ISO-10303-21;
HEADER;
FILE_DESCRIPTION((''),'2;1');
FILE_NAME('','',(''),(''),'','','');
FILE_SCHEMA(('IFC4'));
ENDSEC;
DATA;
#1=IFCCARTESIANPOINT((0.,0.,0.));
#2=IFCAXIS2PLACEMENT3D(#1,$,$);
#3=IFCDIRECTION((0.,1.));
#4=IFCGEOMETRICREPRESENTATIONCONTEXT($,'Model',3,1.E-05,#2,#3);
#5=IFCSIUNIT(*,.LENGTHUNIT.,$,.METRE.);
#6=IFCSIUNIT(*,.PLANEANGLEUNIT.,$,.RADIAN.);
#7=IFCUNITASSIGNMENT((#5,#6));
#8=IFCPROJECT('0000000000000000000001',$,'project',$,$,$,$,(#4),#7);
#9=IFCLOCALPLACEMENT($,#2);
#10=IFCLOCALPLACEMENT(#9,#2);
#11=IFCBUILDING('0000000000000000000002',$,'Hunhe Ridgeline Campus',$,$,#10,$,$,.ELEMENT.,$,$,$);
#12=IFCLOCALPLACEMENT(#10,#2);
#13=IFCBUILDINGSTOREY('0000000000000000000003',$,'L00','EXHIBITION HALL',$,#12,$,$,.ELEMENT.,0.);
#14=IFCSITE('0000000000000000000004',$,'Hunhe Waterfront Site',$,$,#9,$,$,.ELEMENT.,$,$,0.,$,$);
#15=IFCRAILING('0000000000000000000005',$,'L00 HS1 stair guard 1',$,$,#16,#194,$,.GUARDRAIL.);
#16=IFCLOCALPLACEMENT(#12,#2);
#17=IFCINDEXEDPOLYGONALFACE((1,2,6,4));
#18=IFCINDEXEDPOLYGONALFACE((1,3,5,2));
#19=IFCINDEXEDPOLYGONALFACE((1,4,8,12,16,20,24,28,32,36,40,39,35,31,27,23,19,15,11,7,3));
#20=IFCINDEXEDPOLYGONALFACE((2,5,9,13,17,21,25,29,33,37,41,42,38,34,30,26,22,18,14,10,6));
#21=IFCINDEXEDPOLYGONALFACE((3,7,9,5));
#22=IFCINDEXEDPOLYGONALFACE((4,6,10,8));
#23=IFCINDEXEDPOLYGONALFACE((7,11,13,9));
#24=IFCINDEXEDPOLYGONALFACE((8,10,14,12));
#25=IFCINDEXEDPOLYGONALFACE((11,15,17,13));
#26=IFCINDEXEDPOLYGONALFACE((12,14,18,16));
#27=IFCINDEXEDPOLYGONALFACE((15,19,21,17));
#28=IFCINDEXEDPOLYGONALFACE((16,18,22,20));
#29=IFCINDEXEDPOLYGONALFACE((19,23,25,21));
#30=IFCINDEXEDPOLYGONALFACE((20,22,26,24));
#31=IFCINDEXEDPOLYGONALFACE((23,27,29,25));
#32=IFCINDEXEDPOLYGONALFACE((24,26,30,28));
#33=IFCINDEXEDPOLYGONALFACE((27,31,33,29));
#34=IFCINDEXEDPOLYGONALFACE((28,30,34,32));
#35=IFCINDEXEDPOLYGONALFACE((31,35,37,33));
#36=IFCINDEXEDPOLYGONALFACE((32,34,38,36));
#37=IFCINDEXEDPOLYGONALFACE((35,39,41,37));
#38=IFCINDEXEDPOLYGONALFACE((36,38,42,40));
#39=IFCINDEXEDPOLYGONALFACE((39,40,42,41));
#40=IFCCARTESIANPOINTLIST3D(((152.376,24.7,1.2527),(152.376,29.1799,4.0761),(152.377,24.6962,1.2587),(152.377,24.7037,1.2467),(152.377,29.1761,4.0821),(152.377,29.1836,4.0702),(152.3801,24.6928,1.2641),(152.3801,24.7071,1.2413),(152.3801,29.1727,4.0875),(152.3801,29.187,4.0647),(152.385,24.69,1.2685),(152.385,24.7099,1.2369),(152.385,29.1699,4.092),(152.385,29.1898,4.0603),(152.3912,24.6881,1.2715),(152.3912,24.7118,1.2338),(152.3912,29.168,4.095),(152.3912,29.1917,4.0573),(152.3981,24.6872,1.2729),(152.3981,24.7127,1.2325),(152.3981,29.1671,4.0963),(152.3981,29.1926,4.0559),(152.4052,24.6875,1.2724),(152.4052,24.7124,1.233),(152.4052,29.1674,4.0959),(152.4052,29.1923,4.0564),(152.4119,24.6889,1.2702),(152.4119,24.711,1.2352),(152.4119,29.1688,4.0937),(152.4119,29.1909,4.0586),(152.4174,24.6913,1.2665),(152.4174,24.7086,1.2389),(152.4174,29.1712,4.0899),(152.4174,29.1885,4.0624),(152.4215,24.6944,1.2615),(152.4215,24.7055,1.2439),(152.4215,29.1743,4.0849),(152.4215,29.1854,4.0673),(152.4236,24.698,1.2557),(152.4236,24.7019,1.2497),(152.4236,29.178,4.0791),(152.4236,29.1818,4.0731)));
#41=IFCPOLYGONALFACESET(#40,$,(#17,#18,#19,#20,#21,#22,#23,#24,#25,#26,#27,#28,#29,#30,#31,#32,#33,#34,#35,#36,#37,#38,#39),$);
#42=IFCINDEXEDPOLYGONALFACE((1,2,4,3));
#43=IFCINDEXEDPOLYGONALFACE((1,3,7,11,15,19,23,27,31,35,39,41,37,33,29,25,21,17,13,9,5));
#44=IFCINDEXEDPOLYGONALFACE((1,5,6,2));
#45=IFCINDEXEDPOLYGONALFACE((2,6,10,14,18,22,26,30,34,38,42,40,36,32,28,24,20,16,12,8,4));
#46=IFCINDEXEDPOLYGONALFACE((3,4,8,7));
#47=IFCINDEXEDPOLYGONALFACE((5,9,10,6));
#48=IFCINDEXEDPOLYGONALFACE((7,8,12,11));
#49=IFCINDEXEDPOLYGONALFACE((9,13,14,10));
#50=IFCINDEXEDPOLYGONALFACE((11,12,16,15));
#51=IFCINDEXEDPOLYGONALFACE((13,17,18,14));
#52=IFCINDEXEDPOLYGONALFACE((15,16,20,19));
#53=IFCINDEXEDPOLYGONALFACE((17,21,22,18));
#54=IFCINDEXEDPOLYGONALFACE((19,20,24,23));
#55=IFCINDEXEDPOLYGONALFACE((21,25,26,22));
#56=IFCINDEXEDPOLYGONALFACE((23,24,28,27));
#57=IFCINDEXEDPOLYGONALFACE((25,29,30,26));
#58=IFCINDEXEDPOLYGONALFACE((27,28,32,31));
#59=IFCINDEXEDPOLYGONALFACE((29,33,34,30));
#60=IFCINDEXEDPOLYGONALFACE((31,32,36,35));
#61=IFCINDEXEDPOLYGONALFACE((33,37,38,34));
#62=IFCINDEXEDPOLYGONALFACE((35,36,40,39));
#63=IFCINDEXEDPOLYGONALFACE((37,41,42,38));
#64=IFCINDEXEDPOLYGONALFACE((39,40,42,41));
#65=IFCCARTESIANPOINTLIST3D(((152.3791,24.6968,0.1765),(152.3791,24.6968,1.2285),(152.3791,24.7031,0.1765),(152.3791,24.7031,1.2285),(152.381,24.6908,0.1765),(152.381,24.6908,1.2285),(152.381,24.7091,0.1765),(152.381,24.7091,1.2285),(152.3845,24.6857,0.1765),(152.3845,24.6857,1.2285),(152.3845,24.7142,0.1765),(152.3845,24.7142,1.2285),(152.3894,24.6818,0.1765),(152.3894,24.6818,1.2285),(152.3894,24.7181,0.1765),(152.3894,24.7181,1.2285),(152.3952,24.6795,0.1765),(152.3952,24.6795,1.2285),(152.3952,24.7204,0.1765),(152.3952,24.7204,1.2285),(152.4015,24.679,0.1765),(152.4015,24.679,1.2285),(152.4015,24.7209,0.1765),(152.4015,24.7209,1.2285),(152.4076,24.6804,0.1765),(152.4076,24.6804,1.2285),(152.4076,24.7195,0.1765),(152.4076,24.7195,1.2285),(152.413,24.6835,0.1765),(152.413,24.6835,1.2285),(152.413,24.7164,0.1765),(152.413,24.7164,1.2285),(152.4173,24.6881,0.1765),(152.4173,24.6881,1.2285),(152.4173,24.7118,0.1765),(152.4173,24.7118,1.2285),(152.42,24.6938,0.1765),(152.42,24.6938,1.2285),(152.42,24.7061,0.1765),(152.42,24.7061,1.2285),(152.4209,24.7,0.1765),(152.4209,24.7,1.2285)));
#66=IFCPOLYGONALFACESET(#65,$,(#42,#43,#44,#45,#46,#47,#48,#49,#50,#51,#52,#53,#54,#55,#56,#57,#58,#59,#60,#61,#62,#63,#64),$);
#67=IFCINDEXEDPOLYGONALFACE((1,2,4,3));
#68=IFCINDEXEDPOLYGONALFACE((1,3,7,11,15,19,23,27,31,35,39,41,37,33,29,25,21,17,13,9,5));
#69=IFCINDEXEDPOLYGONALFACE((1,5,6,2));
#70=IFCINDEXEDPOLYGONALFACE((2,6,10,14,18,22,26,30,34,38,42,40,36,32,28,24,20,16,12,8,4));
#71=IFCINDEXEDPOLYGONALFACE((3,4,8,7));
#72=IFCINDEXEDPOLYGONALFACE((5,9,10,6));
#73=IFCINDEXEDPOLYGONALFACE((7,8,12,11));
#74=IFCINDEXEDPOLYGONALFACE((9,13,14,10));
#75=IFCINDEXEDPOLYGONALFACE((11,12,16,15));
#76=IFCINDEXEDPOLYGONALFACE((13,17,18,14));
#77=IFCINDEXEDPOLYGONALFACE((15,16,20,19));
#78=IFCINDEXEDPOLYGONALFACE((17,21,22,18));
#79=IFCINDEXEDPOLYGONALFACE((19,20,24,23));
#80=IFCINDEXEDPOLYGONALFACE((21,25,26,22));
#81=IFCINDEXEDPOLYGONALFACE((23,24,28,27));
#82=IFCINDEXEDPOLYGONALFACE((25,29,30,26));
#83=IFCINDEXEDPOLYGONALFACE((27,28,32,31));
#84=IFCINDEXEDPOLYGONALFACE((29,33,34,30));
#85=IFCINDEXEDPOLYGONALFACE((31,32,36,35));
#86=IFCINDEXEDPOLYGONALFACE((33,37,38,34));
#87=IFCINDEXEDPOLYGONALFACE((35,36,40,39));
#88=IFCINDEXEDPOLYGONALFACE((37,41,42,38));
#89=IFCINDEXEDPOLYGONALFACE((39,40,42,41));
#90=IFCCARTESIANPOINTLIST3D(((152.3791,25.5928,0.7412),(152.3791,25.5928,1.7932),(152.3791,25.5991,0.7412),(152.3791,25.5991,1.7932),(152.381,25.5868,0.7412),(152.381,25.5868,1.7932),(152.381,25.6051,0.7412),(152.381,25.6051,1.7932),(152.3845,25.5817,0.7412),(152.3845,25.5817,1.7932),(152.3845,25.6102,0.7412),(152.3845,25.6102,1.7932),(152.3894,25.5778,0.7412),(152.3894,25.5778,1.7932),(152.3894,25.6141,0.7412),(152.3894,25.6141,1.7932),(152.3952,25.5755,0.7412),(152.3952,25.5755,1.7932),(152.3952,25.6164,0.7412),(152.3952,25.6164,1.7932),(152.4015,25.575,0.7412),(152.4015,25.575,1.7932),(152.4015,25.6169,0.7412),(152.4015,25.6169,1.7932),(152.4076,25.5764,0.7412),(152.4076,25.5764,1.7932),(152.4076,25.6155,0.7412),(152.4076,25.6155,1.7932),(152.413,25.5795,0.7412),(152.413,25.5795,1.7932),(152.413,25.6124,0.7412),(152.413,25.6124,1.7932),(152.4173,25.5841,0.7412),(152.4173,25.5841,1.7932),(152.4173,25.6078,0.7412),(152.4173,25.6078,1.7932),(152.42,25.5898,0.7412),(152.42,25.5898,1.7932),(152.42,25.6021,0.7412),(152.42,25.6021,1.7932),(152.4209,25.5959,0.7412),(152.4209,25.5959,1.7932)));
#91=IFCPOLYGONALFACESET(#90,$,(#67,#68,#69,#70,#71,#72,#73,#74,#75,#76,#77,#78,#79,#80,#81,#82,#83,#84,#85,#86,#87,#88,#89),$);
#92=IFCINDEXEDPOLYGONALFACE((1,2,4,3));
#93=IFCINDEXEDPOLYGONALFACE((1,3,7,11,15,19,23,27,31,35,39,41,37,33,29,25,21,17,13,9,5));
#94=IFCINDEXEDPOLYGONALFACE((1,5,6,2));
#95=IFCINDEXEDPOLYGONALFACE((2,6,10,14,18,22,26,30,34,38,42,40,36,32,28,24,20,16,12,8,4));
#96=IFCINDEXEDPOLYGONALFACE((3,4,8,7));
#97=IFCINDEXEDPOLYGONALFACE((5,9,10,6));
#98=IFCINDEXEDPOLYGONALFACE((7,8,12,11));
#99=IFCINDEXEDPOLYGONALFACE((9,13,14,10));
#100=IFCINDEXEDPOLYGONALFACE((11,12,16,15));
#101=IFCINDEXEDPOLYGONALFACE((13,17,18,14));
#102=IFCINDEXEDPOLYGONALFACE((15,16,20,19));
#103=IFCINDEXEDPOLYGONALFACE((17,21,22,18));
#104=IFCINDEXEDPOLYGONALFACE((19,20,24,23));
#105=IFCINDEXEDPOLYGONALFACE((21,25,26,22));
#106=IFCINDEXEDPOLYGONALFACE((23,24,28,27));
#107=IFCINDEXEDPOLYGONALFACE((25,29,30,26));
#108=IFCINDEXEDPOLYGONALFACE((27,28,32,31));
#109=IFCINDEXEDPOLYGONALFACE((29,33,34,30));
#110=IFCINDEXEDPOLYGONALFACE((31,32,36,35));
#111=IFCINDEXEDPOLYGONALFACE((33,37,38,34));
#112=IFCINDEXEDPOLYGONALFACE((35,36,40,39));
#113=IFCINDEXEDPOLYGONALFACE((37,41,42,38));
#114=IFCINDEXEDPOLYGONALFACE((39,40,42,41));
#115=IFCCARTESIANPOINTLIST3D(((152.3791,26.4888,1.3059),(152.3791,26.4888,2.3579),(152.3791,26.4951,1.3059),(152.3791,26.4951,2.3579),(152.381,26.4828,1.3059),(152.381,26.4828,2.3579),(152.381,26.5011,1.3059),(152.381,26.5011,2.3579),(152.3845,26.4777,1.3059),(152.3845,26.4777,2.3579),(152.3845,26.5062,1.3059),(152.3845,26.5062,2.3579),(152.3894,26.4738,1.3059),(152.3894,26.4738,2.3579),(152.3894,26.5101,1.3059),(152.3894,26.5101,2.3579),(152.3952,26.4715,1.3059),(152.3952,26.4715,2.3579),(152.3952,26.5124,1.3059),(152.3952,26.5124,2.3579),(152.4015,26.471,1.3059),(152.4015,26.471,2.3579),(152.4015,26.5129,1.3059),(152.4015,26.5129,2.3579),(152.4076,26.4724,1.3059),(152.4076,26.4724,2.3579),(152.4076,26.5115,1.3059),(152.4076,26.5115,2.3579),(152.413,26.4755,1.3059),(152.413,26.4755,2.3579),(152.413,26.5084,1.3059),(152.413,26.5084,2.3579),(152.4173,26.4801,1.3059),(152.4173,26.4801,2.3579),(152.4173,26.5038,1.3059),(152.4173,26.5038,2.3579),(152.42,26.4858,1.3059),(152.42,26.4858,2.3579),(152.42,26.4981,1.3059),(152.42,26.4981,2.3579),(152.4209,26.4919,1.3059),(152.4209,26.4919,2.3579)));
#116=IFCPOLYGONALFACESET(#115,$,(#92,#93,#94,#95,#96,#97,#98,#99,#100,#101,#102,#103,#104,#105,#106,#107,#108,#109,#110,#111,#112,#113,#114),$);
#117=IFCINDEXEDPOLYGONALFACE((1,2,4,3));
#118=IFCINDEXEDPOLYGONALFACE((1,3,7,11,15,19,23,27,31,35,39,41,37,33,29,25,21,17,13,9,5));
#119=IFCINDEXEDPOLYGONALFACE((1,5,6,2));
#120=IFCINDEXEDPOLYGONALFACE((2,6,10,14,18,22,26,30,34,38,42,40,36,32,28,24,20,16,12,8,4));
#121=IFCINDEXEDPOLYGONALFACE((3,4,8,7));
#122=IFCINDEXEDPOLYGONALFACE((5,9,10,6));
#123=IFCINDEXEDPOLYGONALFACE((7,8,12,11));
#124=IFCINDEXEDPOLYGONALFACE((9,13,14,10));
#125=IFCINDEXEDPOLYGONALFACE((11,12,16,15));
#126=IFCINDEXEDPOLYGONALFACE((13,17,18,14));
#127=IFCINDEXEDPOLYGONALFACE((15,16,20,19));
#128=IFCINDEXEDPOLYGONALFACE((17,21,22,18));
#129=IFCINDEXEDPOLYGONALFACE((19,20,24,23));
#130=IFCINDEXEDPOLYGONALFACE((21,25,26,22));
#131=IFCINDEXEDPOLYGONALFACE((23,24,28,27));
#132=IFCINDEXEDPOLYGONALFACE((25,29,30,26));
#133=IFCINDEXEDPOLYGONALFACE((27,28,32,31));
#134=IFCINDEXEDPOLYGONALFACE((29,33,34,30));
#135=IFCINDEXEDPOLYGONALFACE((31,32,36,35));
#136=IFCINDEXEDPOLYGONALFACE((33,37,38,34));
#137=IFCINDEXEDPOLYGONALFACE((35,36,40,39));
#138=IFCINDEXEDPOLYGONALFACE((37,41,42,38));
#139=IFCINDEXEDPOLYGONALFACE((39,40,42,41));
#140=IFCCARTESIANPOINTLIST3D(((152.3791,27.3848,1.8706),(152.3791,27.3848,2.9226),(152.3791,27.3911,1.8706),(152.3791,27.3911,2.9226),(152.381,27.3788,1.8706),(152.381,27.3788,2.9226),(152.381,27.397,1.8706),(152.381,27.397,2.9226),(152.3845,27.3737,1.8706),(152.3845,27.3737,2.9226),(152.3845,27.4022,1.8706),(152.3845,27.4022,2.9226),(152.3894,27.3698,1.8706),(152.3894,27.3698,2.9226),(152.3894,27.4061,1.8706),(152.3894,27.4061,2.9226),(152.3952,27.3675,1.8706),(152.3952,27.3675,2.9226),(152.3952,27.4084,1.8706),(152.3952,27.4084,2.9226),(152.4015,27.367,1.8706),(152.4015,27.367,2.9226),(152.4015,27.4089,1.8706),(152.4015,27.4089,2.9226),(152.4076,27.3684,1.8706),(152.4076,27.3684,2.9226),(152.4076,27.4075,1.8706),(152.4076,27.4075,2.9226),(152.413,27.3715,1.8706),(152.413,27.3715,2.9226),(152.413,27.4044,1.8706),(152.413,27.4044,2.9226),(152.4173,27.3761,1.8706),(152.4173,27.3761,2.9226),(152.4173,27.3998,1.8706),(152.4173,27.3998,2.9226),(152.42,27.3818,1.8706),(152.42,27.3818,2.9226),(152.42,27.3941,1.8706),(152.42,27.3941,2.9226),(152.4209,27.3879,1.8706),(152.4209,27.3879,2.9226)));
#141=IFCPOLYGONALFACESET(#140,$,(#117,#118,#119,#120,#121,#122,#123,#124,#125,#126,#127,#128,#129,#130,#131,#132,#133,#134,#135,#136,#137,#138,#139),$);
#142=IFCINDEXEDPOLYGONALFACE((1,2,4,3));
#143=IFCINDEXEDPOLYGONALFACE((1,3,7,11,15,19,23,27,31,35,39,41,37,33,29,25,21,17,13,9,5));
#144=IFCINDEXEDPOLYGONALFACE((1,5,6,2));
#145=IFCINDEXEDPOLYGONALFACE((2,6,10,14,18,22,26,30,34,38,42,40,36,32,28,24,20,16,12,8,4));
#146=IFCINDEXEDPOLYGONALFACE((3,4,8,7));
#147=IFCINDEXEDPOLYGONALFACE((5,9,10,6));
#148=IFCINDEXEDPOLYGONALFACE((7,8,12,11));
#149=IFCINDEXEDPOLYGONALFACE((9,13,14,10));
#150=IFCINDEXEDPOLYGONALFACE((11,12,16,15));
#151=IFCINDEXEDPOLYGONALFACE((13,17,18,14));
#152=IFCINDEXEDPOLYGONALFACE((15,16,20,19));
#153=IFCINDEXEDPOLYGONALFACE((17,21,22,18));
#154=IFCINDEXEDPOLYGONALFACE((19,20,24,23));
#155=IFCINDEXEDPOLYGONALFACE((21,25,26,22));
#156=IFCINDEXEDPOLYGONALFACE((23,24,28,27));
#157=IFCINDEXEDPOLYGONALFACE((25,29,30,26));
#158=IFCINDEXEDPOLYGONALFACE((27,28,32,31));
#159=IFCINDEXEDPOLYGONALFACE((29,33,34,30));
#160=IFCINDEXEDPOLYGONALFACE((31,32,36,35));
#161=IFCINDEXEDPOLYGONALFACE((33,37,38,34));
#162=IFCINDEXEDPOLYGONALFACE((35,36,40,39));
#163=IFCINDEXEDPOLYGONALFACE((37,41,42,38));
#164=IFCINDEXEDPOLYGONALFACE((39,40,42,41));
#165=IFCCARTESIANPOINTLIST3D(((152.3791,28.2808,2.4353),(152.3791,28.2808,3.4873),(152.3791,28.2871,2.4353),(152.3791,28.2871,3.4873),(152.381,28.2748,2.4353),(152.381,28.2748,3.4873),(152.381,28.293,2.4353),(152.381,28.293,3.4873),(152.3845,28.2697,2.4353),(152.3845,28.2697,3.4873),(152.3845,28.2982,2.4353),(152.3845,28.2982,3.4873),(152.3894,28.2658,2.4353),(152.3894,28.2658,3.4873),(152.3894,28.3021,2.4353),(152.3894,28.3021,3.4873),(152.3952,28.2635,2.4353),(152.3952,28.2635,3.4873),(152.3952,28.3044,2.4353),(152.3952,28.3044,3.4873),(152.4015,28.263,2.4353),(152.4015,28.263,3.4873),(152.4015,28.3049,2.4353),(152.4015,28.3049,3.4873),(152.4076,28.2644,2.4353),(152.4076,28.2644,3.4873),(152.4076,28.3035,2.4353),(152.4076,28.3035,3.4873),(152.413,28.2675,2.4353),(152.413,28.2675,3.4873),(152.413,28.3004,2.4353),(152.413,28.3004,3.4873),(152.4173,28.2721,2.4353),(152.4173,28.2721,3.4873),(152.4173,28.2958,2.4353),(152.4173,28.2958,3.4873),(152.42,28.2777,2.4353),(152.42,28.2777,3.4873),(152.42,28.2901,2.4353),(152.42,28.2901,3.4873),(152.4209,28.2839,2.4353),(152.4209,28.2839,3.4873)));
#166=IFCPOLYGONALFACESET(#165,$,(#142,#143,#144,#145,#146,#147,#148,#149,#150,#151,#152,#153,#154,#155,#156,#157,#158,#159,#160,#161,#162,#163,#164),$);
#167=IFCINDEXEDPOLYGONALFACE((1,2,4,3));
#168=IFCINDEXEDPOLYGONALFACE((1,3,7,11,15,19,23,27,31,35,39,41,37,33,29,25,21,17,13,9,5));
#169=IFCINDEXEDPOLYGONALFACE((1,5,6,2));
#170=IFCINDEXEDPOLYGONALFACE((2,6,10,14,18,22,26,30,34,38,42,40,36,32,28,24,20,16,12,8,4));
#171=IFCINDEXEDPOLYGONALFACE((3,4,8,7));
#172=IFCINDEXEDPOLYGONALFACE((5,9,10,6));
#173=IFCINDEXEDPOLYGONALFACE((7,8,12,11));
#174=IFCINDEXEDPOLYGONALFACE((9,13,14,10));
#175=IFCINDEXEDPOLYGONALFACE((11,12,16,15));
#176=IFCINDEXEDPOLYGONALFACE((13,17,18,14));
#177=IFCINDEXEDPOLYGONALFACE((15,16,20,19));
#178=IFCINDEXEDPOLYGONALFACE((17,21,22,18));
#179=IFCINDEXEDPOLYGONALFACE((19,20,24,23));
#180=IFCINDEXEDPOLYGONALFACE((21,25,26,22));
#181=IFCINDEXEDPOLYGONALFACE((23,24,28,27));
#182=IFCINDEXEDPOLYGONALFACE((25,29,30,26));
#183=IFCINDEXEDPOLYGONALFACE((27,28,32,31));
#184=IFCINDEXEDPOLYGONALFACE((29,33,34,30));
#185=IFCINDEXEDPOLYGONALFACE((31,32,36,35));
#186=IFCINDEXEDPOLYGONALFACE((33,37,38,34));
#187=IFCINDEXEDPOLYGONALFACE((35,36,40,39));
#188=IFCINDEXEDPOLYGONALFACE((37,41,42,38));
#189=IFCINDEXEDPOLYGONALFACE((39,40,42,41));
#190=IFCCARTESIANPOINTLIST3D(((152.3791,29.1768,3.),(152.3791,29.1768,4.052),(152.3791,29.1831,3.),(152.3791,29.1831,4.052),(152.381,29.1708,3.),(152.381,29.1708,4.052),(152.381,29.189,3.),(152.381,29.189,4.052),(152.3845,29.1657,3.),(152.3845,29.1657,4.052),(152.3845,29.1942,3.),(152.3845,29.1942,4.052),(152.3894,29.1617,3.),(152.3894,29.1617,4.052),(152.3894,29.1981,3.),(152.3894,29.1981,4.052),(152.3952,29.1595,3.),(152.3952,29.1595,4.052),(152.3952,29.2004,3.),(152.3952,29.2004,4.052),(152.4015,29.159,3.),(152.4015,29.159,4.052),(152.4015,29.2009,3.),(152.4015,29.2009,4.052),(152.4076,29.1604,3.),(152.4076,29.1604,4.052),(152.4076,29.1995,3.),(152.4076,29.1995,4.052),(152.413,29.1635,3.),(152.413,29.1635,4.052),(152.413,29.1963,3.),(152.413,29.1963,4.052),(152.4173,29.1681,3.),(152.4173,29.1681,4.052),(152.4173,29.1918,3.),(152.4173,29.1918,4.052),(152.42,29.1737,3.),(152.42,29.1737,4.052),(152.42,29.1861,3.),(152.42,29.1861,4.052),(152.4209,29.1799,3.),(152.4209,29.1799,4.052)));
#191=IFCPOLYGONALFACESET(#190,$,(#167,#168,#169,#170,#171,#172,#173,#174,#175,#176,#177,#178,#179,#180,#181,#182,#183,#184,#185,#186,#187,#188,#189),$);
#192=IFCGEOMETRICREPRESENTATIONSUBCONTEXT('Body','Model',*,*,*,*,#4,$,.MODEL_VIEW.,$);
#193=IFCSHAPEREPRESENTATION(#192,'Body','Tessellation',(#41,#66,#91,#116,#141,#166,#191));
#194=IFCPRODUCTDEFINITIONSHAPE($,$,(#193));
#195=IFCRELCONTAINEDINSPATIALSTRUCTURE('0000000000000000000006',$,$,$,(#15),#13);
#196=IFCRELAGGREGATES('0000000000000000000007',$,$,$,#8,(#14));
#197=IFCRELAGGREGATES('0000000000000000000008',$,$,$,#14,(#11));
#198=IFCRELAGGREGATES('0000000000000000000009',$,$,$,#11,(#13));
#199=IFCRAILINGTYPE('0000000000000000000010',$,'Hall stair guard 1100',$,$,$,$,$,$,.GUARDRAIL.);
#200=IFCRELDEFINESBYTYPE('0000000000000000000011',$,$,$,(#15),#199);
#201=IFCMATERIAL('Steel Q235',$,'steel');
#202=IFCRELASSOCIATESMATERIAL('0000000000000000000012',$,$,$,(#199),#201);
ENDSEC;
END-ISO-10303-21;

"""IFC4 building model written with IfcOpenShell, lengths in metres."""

from ifc_helpers import new_model, si_unit, direction, frame, origin, origin_2d, place, context, subcontext, project, spatial, circle, extrude, material, type_object, element, save


model = new_model("IFC4")

# Units and contexts
model_context = context("Model", 3, precision=1e-05, world=origin(), true_north=direction((0.0, 1.0)))
body_context = subcontext(model_context, "Body", "Model", "MODEL_VIEW")
ifc_project = project(units=[si_unit("LENGTHUNIT", "METRE"), si_unit("PLANEANGLEUNIT", "RADIAN")], contexts=[model_context])

# Site, building, storey
site_placement = place(None, origin())
site = spatial("IfcSite", under=ifc_project, at=site_placement, Name="Hunhe Waterfront Site", CompositionType="ELEMENT", RefElevation=0.0)
building_placement = place(site_placement, origin())
building = spatial("IfcBuilding", under=site, at=building_placement, Name="Hunhe Ridgeline Campus", CompositionType="ELEMENT")
storey_placement = place(building_placement, origin())
storey = spatial("IfcBuildingStorey", under=building, at=storey_placement, Name="L00", Description="EXHIBITION HALL", CompositionType="ELEMENT", Elevation=0.0)

# Shared definitions
ifc_material_1 = material(Name="Steel Q235", Category="steel")

# Railing
railing_type_1 = type_object("IfcRailingType", Name="Hall stair guard 1100", PredefinedType="GUARDRAIL", material=ifc_material_1)
railing_1_placement = place(storey_placement, frame((152.3999, 24.7, 0.1765)))
element("IfcRailing", 1, at=railing_1_placement, inside=storey, type_object=railing_type_1, Name="L00 HS1 stair guard 1", PredefinedType="GUARDRAIL", context=body_context, shape_type="SweptSolid", body=[
    extrude(circle(Radius=0.0239, at=origin_2d()), frame((0.0, 0.0, 1.0762), z_axis=(0.0, 0.845998, 0.533186), x_axis=(-1.0, 0.0, 0.0)), (0.0, 0.0, 1.0), 5.2954),
    extrude(circle(Radius=0.021, at=origin_2d()), origin(), (0.0, 0.0, 1.0), 1.052),
    extrude(circle(Radius=0.021, at=origin_2d()), frame((0.0, 0.896, 0.5647)), (0.0, 0.0, 1.0), 1.052),
    extrude(circle(Radius=0.021, at=origin_2d()), frame((0.0, 1.792, 1.1294)), (0.0, 0.0, 1.0), 1.052),
    extrude(circle(Radius=0.021, at=origin_2d()), frame((0.0, 2.688, 1.6941)), (0.0, 0.0, 1.0), 1.052),
    extrude(circle(Radius=0.021, at=origin_2d()), frame((0.0, 3.584, 2.2588)), (0.0, 0.0, 1.0), 1.052),
    extrude(circle(Radius=0.021, at=origin_2d()), frame((0.0, 4.48, 2.8235)), (0.0, 0.0, 1.0), 1.052),
])

save(model, "model.ifc")
